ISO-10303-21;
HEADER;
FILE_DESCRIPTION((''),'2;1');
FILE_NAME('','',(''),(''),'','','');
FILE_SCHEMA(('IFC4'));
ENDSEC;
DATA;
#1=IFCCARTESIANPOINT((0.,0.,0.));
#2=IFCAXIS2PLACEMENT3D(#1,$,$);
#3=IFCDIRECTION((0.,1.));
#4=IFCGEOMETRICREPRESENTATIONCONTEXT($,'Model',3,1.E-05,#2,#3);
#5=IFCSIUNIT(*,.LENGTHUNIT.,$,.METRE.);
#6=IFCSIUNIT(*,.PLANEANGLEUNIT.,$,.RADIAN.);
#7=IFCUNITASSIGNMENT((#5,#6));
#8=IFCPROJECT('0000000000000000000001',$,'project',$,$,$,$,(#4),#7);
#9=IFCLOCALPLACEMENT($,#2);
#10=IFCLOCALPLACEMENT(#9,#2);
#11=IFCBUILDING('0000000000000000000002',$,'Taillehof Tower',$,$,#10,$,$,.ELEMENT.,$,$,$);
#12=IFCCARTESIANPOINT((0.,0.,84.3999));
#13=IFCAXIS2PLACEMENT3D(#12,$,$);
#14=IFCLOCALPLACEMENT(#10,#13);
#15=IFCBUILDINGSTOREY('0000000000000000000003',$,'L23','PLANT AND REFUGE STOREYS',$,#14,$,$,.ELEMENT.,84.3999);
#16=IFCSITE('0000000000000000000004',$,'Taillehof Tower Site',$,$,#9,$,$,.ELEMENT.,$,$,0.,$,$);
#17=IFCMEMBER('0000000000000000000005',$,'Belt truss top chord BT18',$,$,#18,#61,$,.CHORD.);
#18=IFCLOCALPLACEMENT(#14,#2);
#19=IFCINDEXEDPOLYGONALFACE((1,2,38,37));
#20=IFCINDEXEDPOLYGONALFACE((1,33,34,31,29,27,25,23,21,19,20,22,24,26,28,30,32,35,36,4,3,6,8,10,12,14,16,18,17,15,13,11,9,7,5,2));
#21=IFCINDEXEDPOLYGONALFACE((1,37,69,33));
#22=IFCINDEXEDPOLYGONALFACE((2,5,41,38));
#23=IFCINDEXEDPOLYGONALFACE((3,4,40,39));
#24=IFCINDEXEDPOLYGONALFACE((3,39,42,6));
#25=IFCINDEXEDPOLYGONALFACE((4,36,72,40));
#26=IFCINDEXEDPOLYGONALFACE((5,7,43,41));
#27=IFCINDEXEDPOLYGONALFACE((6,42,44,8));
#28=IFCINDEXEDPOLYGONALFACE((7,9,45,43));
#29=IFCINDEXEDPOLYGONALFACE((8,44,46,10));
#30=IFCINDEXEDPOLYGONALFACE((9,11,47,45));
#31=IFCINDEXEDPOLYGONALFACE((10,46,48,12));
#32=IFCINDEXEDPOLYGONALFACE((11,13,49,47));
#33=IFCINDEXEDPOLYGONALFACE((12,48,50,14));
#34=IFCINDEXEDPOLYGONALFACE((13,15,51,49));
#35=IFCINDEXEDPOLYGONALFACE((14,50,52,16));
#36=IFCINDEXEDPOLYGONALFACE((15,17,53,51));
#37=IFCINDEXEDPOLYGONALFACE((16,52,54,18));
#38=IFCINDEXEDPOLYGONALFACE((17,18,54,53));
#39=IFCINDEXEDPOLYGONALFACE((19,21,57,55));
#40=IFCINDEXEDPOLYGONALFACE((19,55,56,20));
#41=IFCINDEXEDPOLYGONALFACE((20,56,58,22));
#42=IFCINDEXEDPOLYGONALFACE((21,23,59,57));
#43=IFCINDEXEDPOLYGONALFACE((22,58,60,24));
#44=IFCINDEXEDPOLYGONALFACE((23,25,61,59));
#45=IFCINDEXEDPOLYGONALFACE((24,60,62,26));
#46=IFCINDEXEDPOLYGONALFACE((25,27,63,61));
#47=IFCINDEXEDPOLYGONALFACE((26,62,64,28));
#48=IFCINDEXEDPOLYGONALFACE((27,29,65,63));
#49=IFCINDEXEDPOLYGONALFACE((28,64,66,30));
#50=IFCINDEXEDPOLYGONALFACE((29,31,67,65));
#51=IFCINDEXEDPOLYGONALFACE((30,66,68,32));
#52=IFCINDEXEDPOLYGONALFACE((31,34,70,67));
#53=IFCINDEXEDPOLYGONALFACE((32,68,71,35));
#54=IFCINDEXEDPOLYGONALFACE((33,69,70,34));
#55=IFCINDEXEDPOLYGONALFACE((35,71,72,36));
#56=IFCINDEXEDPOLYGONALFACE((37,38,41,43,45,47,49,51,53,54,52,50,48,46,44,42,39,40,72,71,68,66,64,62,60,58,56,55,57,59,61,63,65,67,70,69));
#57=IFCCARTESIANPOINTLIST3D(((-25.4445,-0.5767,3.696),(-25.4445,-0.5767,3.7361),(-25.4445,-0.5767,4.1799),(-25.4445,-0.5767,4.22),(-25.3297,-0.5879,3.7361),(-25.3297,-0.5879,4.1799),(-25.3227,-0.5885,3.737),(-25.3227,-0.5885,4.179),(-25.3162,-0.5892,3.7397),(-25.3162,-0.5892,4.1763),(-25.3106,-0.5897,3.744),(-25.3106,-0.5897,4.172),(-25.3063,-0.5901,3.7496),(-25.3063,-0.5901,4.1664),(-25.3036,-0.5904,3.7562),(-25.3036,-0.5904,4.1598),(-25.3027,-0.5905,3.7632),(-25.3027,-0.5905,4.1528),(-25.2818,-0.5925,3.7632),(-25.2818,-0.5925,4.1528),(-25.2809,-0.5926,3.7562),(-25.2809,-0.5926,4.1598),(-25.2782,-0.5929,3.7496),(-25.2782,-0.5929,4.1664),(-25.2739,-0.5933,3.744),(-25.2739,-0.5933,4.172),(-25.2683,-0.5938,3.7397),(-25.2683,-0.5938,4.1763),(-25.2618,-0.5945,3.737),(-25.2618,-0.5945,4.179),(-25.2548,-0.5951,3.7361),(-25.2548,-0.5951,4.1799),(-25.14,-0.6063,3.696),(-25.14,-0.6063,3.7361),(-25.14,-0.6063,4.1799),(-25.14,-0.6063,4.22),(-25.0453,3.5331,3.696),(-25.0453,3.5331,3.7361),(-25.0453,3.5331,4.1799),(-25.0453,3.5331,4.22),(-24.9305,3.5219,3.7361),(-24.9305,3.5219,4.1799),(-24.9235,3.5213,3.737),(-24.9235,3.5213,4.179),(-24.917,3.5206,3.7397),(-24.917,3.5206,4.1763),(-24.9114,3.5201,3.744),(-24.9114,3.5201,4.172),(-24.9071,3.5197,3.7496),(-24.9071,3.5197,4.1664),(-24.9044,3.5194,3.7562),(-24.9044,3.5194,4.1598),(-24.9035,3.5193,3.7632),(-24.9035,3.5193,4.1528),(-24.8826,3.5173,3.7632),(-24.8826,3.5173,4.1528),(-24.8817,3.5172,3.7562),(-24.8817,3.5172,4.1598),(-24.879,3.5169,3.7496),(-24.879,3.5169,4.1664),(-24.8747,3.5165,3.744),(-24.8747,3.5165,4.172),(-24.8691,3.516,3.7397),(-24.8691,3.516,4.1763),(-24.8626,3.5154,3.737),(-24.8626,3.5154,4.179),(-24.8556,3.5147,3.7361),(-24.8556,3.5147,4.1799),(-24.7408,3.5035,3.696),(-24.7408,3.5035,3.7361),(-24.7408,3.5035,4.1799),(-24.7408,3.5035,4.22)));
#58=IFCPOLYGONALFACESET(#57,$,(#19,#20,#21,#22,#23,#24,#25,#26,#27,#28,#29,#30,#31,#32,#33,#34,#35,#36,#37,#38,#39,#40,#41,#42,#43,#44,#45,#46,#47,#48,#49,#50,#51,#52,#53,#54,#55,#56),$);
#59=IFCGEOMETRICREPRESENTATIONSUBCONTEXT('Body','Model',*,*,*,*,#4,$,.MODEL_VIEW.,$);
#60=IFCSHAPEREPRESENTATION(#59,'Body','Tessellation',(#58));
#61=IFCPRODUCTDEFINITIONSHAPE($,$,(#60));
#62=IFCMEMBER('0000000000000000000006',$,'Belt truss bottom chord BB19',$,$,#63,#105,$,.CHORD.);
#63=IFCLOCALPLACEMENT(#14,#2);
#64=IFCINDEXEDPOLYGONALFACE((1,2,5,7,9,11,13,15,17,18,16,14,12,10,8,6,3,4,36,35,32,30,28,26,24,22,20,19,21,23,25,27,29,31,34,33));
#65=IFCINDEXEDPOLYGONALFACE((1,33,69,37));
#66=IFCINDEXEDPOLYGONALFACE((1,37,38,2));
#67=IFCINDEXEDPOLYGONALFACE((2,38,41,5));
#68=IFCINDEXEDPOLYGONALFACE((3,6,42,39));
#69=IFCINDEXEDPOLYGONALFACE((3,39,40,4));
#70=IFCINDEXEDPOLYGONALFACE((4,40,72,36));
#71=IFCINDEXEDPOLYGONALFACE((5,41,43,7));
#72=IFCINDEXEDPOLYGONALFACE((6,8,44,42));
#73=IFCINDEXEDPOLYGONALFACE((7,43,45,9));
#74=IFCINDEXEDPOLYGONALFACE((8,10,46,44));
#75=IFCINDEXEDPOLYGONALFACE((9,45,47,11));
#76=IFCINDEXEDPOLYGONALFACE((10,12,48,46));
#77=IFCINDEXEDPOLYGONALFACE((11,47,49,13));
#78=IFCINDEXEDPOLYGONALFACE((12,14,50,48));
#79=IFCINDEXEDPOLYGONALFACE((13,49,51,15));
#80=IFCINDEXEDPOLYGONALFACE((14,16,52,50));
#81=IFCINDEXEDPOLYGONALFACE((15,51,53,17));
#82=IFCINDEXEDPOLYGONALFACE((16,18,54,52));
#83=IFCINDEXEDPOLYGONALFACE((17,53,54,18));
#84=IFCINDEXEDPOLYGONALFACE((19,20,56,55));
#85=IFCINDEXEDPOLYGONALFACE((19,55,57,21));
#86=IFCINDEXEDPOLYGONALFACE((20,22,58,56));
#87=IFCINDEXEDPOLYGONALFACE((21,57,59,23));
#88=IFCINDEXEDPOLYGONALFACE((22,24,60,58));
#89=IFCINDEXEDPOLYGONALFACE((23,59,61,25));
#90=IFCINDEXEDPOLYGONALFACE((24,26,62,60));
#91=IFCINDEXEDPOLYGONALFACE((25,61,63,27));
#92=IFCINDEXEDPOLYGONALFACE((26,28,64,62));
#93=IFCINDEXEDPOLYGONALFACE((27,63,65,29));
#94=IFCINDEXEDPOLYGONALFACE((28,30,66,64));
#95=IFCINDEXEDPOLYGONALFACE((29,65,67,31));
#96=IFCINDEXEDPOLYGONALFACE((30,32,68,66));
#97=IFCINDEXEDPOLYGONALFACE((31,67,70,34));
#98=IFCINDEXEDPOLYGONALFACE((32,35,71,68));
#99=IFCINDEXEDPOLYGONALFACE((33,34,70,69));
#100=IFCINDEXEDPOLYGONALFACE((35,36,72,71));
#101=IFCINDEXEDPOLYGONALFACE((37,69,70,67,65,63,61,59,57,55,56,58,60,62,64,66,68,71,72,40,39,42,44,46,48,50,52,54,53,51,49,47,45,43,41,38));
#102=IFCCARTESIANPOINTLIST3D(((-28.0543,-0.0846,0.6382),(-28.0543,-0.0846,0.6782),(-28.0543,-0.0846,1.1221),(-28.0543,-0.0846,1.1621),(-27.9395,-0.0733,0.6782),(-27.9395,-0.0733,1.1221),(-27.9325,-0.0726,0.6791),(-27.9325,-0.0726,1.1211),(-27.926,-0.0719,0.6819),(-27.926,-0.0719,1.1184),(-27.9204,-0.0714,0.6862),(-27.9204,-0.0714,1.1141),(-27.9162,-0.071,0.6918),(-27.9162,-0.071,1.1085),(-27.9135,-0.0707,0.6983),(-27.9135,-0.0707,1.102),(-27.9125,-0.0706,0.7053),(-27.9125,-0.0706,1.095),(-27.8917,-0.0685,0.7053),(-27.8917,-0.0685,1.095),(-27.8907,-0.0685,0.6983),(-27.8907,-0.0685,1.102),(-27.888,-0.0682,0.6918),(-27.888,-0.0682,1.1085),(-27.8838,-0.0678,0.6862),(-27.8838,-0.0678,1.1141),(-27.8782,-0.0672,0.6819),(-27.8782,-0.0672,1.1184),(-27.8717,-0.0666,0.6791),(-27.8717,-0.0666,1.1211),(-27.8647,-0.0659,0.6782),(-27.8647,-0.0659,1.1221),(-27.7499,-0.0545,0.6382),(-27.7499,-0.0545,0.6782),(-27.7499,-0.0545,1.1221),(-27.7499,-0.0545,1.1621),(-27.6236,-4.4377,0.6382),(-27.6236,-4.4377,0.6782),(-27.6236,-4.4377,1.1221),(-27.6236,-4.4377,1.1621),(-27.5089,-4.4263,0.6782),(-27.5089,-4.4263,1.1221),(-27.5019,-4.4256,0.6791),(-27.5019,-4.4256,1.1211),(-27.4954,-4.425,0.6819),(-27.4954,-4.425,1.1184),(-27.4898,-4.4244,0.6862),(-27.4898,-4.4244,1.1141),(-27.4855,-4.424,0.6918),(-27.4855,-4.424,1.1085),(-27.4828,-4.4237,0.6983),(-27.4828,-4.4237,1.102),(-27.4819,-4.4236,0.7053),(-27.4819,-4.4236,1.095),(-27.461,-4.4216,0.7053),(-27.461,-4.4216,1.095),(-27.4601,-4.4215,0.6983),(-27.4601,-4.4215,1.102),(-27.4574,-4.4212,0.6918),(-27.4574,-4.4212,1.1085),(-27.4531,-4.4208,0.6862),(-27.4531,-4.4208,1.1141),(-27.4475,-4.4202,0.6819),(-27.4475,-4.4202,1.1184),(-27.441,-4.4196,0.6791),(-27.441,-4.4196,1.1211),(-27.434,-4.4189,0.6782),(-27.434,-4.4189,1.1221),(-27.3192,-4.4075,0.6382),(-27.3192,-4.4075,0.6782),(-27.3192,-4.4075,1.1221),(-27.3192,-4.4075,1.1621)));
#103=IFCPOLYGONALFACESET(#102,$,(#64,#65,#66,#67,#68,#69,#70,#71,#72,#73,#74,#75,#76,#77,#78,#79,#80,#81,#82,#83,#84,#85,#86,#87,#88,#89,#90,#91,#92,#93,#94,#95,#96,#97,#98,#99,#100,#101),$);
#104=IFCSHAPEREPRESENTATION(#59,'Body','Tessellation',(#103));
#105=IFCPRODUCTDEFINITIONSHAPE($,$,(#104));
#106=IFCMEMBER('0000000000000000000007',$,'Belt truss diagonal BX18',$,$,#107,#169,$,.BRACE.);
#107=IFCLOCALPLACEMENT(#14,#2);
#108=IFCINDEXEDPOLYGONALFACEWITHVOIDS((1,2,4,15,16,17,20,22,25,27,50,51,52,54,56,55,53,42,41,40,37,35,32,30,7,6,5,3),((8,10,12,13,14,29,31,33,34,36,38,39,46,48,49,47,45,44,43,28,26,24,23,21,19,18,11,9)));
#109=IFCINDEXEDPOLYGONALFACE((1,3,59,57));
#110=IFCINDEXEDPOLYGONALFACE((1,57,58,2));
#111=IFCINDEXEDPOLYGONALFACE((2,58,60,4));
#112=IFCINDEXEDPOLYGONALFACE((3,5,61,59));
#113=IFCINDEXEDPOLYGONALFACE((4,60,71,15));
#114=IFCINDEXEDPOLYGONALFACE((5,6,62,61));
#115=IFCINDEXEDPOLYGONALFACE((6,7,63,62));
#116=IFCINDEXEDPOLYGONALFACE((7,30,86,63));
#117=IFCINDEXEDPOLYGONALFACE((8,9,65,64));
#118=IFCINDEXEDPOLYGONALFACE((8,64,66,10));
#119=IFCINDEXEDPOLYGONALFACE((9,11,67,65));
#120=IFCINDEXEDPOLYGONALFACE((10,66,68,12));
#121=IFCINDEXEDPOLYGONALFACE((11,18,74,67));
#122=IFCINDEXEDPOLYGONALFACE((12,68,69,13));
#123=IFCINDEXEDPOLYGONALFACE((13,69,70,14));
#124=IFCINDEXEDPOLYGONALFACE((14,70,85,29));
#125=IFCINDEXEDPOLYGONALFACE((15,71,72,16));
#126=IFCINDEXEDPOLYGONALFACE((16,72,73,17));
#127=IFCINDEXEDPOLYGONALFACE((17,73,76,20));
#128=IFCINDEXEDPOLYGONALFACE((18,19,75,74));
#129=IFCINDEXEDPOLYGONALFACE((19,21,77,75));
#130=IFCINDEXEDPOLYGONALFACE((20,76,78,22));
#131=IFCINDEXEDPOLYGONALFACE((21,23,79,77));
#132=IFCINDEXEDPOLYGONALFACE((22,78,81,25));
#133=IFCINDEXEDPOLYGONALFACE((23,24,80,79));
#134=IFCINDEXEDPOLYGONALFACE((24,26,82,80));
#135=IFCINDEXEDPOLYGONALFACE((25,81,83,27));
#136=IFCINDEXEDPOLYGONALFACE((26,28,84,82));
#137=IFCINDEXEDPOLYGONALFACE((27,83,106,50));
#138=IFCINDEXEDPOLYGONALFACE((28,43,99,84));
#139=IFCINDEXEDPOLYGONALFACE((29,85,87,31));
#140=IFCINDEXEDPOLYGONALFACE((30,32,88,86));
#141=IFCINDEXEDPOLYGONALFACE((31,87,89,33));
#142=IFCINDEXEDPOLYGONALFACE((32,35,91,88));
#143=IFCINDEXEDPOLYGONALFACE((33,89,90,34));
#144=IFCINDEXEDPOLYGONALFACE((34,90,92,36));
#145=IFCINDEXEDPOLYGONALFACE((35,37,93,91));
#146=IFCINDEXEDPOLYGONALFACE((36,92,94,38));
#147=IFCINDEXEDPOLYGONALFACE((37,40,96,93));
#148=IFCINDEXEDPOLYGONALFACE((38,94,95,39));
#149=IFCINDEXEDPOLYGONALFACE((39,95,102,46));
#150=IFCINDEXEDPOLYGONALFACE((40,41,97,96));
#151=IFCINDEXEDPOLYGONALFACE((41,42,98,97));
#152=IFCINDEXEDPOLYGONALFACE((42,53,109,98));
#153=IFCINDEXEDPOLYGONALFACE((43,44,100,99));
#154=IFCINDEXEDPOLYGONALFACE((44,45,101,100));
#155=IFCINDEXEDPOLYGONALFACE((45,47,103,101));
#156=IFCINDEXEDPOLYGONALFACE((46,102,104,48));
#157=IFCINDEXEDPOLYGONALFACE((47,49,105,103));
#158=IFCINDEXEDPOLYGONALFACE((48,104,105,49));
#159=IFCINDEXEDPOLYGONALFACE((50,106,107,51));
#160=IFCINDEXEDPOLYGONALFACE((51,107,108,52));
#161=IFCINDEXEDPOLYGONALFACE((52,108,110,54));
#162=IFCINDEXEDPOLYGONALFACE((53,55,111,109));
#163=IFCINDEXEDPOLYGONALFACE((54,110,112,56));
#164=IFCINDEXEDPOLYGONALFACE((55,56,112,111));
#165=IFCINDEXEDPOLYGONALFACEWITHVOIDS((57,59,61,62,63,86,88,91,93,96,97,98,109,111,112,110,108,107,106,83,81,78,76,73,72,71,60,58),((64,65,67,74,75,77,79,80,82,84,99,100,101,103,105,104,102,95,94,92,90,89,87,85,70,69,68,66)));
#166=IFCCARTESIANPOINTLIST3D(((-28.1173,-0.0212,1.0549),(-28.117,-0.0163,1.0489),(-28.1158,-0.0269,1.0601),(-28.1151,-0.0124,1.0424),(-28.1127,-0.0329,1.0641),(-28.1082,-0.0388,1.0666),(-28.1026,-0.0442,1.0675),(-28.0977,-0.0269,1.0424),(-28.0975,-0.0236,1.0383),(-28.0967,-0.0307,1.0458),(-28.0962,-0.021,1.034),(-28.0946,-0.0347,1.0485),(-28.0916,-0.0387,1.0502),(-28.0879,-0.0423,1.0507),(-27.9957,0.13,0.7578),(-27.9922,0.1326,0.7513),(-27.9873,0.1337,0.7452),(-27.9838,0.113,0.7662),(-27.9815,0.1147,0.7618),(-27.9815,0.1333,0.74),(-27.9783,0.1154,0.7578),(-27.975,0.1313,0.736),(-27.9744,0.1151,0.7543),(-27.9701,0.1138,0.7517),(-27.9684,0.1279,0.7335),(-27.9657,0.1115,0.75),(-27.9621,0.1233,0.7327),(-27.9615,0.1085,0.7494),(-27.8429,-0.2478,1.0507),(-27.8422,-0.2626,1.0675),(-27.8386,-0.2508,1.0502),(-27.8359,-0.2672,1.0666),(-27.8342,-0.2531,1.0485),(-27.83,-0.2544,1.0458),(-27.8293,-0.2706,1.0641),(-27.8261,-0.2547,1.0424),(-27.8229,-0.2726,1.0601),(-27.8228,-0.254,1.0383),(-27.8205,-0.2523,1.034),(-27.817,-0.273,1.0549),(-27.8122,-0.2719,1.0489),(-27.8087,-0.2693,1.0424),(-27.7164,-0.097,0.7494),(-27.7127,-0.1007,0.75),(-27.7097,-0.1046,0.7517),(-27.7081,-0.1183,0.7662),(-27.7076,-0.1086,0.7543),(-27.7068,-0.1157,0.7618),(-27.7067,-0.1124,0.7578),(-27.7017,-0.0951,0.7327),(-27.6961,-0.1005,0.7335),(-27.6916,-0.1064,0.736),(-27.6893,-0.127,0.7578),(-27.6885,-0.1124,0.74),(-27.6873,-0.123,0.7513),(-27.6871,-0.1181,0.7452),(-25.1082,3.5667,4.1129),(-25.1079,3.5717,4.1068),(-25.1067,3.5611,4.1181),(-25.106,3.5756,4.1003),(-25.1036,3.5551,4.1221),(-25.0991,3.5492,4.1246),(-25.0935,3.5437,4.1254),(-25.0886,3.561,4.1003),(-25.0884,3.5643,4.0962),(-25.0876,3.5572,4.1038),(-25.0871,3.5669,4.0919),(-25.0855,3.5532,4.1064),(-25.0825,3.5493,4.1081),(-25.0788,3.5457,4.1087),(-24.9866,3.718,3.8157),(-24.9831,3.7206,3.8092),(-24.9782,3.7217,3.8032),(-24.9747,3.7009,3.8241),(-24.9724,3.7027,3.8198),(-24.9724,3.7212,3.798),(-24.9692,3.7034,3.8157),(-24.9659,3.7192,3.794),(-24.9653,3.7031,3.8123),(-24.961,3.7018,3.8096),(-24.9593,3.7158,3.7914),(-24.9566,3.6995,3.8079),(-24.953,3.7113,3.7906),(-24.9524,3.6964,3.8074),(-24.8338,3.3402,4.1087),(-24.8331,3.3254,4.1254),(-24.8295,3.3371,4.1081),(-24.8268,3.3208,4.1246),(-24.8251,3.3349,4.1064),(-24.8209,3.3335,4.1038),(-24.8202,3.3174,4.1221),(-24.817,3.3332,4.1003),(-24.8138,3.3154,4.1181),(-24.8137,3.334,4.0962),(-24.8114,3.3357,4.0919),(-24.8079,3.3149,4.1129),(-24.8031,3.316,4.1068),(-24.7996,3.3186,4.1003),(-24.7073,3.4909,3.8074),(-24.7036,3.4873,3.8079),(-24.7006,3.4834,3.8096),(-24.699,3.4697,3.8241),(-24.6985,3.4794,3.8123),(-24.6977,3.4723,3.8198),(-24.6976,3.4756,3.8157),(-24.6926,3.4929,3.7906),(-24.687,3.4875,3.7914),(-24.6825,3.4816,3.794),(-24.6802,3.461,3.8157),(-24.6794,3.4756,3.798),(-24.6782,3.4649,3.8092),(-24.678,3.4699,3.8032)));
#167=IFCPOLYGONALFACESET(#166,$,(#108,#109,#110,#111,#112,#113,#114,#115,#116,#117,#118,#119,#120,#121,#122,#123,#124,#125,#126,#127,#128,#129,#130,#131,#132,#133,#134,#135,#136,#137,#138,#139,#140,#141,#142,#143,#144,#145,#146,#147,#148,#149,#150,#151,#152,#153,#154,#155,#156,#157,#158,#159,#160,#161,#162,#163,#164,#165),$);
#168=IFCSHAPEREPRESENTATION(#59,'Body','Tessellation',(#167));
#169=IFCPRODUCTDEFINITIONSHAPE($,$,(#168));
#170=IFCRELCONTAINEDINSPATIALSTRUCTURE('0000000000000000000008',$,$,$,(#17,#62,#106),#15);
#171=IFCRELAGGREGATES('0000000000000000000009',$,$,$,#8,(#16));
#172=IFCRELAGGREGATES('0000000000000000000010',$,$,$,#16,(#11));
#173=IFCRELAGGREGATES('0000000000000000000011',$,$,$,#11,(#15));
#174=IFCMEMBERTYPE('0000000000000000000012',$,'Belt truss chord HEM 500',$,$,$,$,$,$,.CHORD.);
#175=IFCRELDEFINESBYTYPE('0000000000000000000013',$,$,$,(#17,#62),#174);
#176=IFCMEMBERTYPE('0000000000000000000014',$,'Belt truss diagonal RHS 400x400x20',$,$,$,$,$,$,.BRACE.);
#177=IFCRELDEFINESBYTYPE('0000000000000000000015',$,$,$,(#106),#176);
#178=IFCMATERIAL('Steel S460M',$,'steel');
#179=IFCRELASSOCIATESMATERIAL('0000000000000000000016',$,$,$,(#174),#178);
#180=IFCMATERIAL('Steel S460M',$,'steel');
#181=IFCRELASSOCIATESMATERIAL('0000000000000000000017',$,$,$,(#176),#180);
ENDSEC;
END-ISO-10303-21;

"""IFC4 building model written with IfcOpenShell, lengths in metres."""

from ifc_helpers import new_model, si_unit, direction, frame, origin, origin_2d, place, context, subcontext, project, spatial, hollow_rectangle, i_section, extrude, material, material_profile, profile_set, type_object, element, save


model = new_model("IFC4")

# Units and contexts
model_context = context("Model", 3, precision=1e-05, world=origin(), true_north=direction((0.0, 1.0)))
body_context = subcontext(model_context, "Body", "Model", "MODEL_VIEW")
ifc_project = project(units=[si_unit("LENGTHUNIT", "METRE"), si_unit("PLANEANGLEUNIT", "RADIAN")], contexts=[model_context])

# Site, building, storey
site_placement = place(None, origin())
site = spatial("IfcSite", under=ifc_project, at=site_placement, Name="Taillehof Tower Site", CompositionType="ELEMENT", RefElevation=0.0)
building_placement = place(site_placement, origin())
building = spatial("IfcBuilding", under=site, at=building_placement, Name="Taillehof Tower", CompositionType="ELEMENT")
storey_placement = place(building_placement, frame((0.0, 0.0, 84.3999)))
storey = spatial("IfcBuildingStorey", under=building, at=storey_placement, Name="L23", Description="PLANT AND REFUGE STOREYS", CompositionType="ELEMENT", Elevation=84.3999)

# Members
ifc_material_1 = material(Name="Steel S460M", Category="steel")
ifc_material_profile_1 = material_profile(ifc_material_1, i_section(OverallWidth=0.3059, OverallDepth=0.5239, WebThickness=0.021, FlangeThickness=0.04, FilletRadius=0.0271, at=origin_2d()), Name="HEM 500")
ifc_profile_set_1 = profile_set([ifc_material_profile_1], Name="Steel S460M")
member_type_1 = type_object("IfcMemberType", Name="Belt truss chord HEM 500", PredefinedType="CHORD", material=ifc_profile_set_1)
member_1_placement = place(storey_placement, frame((-24.8931, 3.5183, 3.958), z_axis=(-0.09667, -0.995316, 0.0), x_axis=(0.995316, -0.09667, 0.0)))
element("IfcMember", 1, at=member_1_placement, inside=storey, type_object=member_type_1, Name="Belt truss top chord BT18", PredefinedType="CHORD", context=body_context, shape_type="SweptSolid", body=[
    extrude(i_section(OverallWidth=0.3059, OverallDepth=0.5239, WebThickness=0.021, FlangeThickness=0.04, FilletRadius=0.0271, at=origin_2d()), origin(), (0.0, 0.0, 1.0), 4.1292),
])
member_2_placement = place(storey_placement, frame((-27.9021, -0.0696, 0.9001), z_axis=(0.098454, -0.995142, 0.0), x_axis=(0.995142, 0.098454, 0.0)))
element("IfcMember", 2, at=member_2_placement, inside=storey, type_object=member_type_1, Name="Belt truss bottom chord BB19", PredefinedType="CHORD", context=body_context, shape_type="SweptSolid", body=[
    extrude(i_section(OverallWidth=0.3059, OverallDepth=0.5239, WebThickness=0.021, FlangeThickness=0.04, FilletRadius=0.0271, at=origin_2d()), origin(), (0.0, 0.0, 1.0), 4.3743),
])
ifc_material_2 = material(Name="Steel S460M", Category="steel")
ifc_material_profile_2 = material_profile(ifc_material_2, hollow_rectangle(XDim=0.3999, YDim=0.3999, WallThickness=0.02, InnerFilletRadius=0.02, OuterFilletRadius=0.03, at=origin_2d()), Name="RHS 400x400x20")
ifc_profile_set_2 = profile_set([ifc_material_profile_2], Name="Steel S460M")
member_type_2 = type_object("IfcMemberType", Name="Belt truss diagonal RHS 400x400x20", PredefinedType="BRACE", material=ifc_profile_set_2)
member_3_placement = place(storey_placement, frame((-24.8931, 3.5183, 3.958), z_axis=(-0.538033, -0.641537, -0.546764), x_axis=(0.766209, -0.642592, 0.0)))
element("IfcMember", 3, at=member_3_placement, inside=storey, type_object=member_type_2, Name="Belt truss diagonal BX18", PredefinedType="BRACE", context=body_context, shape_type="SweptSolid", body=[
    extrude(hollow_rectangle(XDim=0.3999, YDim=0.3999, WallThickness=0.02, InnerFilletRadius=0.02, OuterFilletRadius=0.03, at=origin_2d()), origin(), (0.0, 0.0, 1.0), 5.5928),
])

save(model, "model.ifc")
